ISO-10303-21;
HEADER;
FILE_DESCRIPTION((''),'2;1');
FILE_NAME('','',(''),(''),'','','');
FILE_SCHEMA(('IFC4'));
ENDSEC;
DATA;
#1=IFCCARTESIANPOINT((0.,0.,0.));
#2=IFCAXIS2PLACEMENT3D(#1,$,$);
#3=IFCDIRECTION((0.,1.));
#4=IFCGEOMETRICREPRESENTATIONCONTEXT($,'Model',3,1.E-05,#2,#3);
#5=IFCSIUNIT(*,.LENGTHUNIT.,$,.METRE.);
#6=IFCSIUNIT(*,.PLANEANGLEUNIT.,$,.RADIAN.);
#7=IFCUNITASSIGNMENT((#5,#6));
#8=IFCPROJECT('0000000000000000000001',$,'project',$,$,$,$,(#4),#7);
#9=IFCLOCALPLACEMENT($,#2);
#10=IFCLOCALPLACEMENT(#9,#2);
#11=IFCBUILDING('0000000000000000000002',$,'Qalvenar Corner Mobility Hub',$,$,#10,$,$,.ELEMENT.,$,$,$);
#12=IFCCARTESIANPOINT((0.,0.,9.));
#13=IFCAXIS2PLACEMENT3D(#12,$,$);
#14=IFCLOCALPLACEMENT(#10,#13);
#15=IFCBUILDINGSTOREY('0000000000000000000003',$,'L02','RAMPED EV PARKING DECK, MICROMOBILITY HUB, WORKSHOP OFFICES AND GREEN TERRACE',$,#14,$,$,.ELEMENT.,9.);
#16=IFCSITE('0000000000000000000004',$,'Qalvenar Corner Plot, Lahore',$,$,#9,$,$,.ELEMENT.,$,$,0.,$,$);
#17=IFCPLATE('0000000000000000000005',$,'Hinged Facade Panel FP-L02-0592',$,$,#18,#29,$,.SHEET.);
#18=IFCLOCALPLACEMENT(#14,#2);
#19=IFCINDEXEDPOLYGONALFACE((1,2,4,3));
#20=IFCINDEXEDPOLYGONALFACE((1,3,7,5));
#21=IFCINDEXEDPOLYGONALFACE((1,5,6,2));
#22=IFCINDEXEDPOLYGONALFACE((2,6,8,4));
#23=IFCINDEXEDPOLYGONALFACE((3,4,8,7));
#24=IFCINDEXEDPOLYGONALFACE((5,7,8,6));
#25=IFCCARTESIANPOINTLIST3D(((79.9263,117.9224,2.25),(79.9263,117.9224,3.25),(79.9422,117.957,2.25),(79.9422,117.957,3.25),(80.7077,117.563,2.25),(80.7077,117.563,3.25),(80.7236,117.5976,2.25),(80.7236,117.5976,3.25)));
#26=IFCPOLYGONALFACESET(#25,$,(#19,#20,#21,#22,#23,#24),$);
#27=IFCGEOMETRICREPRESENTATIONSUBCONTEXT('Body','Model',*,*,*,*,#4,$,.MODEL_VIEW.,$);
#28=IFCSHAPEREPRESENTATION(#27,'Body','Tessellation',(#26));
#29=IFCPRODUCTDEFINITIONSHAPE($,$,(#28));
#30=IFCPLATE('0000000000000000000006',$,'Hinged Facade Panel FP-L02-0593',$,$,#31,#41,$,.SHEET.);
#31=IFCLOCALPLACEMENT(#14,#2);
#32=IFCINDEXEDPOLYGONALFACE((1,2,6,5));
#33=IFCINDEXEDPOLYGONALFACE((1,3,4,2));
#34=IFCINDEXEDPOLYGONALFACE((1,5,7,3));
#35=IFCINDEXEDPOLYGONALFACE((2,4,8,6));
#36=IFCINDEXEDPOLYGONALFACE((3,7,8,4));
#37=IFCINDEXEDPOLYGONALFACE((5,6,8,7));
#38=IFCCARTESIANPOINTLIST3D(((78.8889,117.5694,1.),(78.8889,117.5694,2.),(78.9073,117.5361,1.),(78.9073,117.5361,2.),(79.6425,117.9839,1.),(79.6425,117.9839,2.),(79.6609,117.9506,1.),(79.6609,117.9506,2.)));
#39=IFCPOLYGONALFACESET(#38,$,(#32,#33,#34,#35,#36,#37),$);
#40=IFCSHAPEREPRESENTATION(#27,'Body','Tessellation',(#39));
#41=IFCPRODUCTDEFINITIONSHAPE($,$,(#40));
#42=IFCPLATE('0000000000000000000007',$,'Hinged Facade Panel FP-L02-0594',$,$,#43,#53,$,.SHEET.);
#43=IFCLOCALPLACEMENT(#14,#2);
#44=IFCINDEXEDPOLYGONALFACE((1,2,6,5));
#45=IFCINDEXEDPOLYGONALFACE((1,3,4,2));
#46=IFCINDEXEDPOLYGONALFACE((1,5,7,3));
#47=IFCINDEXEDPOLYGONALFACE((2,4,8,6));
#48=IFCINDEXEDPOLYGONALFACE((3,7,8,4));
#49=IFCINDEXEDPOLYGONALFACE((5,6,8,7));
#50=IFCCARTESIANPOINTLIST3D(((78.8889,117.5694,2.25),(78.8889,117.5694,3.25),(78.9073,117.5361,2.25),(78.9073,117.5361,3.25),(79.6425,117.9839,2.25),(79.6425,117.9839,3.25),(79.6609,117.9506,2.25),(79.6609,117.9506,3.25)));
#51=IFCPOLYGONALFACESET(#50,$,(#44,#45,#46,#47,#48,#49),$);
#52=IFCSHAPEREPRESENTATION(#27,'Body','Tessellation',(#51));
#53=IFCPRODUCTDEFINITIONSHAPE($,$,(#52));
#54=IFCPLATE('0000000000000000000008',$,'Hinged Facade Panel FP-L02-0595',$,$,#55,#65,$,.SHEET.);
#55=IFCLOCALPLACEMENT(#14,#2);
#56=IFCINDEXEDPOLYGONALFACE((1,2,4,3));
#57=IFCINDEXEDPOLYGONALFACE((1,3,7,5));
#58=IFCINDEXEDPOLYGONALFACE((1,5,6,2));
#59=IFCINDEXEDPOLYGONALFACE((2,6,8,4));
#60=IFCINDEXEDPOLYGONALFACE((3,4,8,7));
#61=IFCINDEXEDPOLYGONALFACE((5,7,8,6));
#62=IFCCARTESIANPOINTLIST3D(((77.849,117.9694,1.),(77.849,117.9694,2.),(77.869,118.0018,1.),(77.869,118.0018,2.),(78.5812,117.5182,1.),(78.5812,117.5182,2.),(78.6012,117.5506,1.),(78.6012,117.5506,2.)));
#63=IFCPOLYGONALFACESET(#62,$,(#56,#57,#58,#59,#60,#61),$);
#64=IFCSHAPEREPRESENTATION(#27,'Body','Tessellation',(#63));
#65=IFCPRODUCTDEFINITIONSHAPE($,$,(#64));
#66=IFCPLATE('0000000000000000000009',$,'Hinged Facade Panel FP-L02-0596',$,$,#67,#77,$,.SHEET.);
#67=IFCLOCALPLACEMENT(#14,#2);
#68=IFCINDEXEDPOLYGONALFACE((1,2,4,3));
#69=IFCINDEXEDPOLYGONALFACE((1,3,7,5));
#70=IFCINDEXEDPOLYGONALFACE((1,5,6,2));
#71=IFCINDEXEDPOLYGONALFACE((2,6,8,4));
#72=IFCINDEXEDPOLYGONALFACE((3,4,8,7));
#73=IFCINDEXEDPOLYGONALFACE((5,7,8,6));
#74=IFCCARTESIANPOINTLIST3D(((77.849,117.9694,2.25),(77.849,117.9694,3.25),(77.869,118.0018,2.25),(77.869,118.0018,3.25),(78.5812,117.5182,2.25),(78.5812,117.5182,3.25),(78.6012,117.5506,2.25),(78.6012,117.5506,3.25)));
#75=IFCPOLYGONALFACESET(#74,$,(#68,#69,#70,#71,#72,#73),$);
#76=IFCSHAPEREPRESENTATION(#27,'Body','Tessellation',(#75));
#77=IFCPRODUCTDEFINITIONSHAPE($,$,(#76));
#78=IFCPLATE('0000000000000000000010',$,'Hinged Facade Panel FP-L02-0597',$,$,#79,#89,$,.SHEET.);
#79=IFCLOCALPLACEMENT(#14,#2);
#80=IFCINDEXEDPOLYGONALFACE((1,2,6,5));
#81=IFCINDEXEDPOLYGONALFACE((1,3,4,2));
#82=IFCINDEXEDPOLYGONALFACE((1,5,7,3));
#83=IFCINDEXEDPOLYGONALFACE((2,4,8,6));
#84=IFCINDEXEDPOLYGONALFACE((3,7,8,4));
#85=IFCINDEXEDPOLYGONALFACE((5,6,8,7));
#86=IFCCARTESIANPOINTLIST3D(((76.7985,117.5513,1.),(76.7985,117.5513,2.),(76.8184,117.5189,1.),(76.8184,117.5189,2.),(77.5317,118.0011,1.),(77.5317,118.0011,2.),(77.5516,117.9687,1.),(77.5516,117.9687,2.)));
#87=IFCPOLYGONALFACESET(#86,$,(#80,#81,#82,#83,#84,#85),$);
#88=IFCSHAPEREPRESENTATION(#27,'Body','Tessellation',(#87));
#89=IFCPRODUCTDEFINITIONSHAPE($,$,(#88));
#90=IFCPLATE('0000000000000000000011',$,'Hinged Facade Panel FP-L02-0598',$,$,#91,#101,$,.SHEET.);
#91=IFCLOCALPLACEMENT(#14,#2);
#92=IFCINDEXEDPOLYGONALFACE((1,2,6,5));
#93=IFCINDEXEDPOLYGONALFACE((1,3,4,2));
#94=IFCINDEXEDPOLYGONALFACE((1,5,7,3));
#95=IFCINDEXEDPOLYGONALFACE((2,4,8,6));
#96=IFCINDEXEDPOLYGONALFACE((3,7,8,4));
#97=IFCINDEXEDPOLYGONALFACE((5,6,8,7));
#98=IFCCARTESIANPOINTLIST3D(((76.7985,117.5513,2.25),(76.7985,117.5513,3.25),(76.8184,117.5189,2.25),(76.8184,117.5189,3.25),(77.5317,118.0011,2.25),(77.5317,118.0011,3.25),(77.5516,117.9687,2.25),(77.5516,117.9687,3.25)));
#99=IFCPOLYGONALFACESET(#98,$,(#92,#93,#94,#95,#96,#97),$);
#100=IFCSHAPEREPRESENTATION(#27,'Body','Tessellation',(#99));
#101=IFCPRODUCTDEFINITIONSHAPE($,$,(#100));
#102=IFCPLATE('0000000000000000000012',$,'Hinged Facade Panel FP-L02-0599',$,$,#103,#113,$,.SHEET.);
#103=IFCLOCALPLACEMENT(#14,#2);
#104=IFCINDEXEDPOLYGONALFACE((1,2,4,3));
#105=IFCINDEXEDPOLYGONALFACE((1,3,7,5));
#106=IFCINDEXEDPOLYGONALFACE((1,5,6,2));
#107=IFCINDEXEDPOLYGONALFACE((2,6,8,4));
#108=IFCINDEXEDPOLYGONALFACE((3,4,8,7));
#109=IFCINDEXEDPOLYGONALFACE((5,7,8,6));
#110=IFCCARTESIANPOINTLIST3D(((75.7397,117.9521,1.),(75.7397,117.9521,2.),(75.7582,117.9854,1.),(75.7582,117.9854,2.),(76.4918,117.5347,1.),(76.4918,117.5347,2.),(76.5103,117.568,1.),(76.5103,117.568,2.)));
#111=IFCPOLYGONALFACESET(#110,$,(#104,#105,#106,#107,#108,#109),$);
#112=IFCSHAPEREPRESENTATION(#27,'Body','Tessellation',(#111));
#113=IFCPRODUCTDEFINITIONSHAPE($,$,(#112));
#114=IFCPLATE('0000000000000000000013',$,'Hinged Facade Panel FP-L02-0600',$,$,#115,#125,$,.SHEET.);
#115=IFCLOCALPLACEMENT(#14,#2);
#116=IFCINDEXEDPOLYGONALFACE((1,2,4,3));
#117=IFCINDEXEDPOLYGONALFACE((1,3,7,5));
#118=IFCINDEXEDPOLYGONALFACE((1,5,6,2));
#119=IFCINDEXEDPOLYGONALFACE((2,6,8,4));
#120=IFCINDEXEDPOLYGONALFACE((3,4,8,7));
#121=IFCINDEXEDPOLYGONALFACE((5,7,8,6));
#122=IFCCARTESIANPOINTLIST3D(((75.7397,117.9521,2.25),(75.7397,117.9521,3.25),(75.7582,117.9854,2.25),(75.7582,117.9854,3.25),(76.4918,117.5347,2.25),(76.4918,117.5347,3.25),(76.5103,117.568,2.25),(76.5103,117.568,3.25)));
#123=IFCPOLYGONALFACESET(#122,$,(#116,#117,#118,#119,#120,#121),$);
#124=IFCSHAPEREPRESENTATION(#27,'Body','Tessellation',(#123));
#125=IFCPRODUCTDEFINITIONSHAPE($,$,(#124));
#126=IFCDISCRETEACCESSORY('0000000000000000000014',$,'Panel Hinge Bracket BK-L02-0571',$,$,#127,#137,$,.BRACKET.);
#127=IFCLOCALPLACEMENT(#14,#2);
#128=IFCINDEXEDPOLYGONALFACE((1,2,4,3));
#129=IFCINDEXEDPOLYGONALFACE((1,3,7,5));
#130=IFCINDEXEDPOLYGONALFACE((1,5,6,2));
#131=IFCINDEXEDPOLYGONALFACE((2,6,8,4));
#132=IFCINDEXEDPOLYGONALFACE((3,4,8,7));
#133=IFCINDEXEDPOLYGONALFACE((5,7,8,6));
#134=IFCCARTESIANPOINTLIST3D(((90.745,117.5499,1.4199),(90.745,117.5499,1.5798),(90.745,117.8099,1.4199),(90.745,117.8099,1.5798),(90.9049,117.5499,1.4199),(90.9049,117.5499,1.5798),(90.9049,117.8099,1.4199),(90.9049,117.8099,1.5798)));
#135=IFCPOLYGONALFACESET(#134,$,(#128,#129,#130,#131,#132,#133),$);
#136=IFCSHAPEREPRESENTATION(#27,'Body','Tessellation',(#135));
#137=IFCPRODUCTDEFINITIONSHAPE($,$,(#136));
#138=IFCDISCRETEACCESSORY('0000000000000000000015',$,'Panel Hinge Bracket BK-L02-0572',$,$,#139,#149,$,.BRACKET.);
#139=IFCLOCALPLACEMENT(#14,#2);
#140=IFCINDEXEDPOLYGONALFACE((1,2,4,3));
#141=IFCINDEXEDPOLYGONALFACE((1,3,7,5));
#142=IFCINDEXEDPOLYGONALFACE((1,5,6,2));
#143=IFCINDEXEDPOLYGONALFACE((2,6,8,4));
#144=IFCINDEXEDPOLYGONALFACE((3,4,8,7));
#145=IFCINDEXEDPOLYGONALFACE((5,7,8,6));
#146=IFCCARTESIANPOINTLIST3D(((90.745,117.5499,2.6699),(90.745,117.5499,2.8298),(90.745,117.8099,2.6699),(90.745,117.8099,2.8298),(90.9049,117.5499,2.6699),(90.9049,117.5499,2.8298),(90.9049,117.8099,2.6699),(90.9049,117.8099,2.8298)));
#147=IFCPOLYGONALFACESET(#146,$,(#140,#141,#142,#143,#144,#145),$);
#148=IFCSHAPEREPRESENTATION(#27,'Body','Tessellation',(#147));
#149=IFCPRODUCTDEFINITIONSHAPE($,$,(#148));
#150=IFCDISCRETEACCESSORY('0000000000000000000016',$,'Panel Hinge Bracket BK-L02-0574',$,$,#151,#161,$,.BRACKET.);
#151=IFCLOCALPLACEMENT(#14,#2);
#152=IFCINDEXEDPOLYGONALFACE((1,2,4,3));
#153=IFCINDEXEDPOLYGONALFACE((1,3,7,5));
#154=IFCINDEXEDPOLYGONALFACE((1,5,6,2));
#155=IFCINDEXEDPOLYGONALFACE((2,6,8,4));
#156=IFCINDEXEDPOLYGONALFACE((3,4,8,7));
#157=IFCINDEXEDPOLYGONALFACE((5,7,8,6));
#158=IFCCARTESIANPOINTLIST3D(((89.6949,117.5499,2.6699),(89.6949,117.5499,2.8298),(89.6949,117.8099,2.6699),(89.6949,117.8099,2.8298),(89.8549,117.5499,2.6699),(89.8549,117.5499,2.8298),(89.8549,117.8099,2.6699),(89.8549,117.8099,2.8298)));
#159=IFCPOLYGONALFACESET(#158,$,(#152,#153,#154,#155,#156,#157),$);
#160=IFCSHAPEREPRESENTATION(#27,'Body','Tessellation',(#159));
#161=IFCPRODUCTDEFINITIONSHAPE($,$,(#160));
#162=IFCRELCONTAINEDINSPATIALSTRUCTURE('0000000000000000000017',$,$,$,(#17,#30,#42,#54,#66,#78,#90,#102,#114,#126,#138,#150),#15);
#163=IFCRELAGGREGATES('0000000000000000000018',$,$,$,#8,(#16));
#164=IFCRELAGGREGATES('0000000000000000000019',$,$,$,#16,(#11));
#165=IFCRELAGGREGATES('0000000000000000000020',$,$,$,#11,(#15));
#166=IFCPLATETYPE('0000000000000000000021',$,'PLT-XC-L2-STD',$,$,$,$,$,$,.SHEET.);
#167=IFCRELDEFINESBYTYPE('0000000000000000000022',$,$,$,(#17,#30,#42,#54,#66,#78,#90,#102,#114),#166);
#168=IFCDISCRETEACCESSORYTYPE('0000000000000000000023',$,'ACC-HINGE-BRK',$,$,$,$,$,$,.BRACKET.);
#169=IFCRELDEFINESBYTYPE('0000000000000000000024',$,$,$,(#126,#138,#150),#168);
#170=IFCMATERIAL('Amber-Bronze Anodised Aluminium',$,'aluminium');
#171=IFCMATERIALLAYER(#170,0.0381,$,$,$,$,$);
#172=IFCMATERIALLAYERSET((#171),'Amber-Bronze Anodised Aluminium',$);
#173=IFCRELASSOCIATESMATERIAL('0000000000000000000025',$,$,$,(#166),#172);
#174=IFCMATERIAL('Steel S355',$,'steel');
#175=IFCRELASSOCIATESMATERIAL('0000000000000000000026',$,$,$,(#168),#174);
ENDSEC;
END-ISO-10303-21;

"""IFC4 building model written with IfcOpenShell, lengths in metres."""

from ifc_helpers import new_model, si_unit, direction, frame, origin, origin_2d, place, context, subcontext, project, spatial, rectangle, extrude, material, layer, layer_set, type_object, element, save


model = new_model("IFC4")

# Units and contexts
model_context = context("Model", 3, precision=1e-05, world=origin(), true_north=direction((0.0, 1.0)))
body_context = subcontext(model_context, "Body", "Model", "MODEL_VIEW")
ifc_project = project(units=[si_unit("LENGTHUNIT", "METRE"), si_unit("PLANEANGLEUNIT", "RADIAN")], contexts=[model_context])

# Site, building, storey
site_placement = place(None, origin())
site = spatial("IfcSite", under=ifc_project, at=site_placement, Name="Qalvenar Corner Plot, Lahore", CompositionType="ELEMENT", RefElevation=0.0)
building_placement = place(site_placement, origin())
building = spatial("IfcBuilding", under=site, at=building_placement, Name="Qalvenar Corner Mobility Hub", CompositionType="ELEMENT")
storey_placement = place(building_placement, frame((0.0, 0.0, 9.0)))
storey = spatial("IfcBuildingStorey", under=building, at=storey_placement, Name="L02", Description="RAMPED EV PARKING DECK, MICROMOBILITY HUB, WORKSHOP OFFICES AND GREEN TERRACE", CompositionType="ELEMENT", Elevation=9.0)

# Plates
ifc_material_1 = material(Name="Amber-Bronze Anodised Aluminium", Category="aluminium")
ifc_layer = layer(ifc_material_1, 0.0381)
ifc_layer_set = layer_set([ifc_layer], Name="Amber-Bronze Anodised Aluminium")
plate_type = type_object("IfcPlateType", Name="PLT-XC-L2-STD", PredefinedType="SHEET", material=ifc_layer_set)
for number, where, z_axis, x_axis, name in (
    (1, (80.325, 117.76, 2.25), (0.0, 0.0, 1.0), (-0.908508, 0.417867, 0.0), "Hinged Facade Panel FP-L02-0592"),
    (2, (79.2749, 117.76, 1.0), (0.0, 0.0, 1.0), (-0.876223, -0.481907, 0.0), "Hinged Facade Panel FP-L02-0593"),
    (3, (79.2749, 117.76, 2.25), (0.0, 0.0, 1.0), (-0.876223, -0.481907, 0.0), "Hinged Facade Panel FP-L02-0594"),
    (4, (78.2251, 117.76, 1.0), (0.0, 0.0, 1.0), (-0.851361, 0.52458, 0.0), "Hinged Facade Panel FP-L02-0595"),
    (5, (78.2251, 117.76, 2.25), (0.0, 0.0, 1.0), (-0.851361, 0.52458, 0.0), "Hinged Facade Panel FP-L02-0596"),
    (6, (77.175, 117.76, 1.0), (0.0, 0.0, 1.0), (-0.852366, -0.522945, 0.0), "Hinged Facade Panel FP-L02-0597"),
    (7, (77.175, 117.76, 2.25), (0.0, 0.0, 1.0), (-0.852366, -0.522945, 0.0), "Hinged Facade Panel FP-L02-0598"),
    (8, (76.125, 117.76, 1.0), (0.0, 0.0, 1.0), (-0.874366, 0.485268, 0.0), "Hinged Facade Panel FP-L02-0599"),
    (9, (76.125, 117.76, 2.25), (0.0, 0.0, 1.0), (-0.874366, 0.485268, 0.0), "Hinged Facade Panel FP-L02-0600"),
):
    element("IfcPlate", number, at=place(storey_placement, frame(where, z_axis=z_axis, x_axis=x_axis)), inside=storey, type_object=plate_type, Name=name, PredefinedType="SHEET", context=body_context, shape_type="SweptSolid", body=[
        extrude(rectangle(XDim=0.8601, YDim=0.0381, at=origin_2d()), origin(), (0.0, 0.0, 1.0), 1.0),
    ])

# Discrete accessories
ifc_material_2 = material(Name="Steel S355", Category="steel")
discrete_accessory_type = type_object("IfcDiscreteAccessoryType", Name="ACC-HINGE-BRK", PredefinedType="BRACKET", material=ifc_material_2)
for number, where, z_axis, x_axis, name in (
    (10, (90.825, 117.6799, 1.4199), (0.0, 0.0, 1.0), (-1.0, 0.0, 0.0), "Panel Hinge Bracket BK-L02-0571"),
    (11, (90.825, 117.6799, 2.6699), (0.0, 0.0, 1.0), (-1.0, 0.0, 0.0), "Panel Hinge Bracket BK-L02-0572"),
    (12, (89.7749, 117.6799, 2.6699), (0.0, 0.0, 1.0), (-1.0, 0.0, 0.0), "Panel Hinge Bracket BK-L02-0574"),
):
    element("IfcDiscreteAccessory", number, at=place(storey_placement, frame(where, z_axis=z_axis, x_axis=x_axis)), inside=storey, type_object=discrete_accessory_type, Name=name, PredefinedType="BRACKET", context=body_context, shape_type="SweptSolid", body=[
        extrude(rectangle(XDim=0.1599, YDim=0.26, at=origin_2d()), origin(), (0.0, 0.0, 1.0), 0.1599),
    ])

save(model, "model.ifc")
